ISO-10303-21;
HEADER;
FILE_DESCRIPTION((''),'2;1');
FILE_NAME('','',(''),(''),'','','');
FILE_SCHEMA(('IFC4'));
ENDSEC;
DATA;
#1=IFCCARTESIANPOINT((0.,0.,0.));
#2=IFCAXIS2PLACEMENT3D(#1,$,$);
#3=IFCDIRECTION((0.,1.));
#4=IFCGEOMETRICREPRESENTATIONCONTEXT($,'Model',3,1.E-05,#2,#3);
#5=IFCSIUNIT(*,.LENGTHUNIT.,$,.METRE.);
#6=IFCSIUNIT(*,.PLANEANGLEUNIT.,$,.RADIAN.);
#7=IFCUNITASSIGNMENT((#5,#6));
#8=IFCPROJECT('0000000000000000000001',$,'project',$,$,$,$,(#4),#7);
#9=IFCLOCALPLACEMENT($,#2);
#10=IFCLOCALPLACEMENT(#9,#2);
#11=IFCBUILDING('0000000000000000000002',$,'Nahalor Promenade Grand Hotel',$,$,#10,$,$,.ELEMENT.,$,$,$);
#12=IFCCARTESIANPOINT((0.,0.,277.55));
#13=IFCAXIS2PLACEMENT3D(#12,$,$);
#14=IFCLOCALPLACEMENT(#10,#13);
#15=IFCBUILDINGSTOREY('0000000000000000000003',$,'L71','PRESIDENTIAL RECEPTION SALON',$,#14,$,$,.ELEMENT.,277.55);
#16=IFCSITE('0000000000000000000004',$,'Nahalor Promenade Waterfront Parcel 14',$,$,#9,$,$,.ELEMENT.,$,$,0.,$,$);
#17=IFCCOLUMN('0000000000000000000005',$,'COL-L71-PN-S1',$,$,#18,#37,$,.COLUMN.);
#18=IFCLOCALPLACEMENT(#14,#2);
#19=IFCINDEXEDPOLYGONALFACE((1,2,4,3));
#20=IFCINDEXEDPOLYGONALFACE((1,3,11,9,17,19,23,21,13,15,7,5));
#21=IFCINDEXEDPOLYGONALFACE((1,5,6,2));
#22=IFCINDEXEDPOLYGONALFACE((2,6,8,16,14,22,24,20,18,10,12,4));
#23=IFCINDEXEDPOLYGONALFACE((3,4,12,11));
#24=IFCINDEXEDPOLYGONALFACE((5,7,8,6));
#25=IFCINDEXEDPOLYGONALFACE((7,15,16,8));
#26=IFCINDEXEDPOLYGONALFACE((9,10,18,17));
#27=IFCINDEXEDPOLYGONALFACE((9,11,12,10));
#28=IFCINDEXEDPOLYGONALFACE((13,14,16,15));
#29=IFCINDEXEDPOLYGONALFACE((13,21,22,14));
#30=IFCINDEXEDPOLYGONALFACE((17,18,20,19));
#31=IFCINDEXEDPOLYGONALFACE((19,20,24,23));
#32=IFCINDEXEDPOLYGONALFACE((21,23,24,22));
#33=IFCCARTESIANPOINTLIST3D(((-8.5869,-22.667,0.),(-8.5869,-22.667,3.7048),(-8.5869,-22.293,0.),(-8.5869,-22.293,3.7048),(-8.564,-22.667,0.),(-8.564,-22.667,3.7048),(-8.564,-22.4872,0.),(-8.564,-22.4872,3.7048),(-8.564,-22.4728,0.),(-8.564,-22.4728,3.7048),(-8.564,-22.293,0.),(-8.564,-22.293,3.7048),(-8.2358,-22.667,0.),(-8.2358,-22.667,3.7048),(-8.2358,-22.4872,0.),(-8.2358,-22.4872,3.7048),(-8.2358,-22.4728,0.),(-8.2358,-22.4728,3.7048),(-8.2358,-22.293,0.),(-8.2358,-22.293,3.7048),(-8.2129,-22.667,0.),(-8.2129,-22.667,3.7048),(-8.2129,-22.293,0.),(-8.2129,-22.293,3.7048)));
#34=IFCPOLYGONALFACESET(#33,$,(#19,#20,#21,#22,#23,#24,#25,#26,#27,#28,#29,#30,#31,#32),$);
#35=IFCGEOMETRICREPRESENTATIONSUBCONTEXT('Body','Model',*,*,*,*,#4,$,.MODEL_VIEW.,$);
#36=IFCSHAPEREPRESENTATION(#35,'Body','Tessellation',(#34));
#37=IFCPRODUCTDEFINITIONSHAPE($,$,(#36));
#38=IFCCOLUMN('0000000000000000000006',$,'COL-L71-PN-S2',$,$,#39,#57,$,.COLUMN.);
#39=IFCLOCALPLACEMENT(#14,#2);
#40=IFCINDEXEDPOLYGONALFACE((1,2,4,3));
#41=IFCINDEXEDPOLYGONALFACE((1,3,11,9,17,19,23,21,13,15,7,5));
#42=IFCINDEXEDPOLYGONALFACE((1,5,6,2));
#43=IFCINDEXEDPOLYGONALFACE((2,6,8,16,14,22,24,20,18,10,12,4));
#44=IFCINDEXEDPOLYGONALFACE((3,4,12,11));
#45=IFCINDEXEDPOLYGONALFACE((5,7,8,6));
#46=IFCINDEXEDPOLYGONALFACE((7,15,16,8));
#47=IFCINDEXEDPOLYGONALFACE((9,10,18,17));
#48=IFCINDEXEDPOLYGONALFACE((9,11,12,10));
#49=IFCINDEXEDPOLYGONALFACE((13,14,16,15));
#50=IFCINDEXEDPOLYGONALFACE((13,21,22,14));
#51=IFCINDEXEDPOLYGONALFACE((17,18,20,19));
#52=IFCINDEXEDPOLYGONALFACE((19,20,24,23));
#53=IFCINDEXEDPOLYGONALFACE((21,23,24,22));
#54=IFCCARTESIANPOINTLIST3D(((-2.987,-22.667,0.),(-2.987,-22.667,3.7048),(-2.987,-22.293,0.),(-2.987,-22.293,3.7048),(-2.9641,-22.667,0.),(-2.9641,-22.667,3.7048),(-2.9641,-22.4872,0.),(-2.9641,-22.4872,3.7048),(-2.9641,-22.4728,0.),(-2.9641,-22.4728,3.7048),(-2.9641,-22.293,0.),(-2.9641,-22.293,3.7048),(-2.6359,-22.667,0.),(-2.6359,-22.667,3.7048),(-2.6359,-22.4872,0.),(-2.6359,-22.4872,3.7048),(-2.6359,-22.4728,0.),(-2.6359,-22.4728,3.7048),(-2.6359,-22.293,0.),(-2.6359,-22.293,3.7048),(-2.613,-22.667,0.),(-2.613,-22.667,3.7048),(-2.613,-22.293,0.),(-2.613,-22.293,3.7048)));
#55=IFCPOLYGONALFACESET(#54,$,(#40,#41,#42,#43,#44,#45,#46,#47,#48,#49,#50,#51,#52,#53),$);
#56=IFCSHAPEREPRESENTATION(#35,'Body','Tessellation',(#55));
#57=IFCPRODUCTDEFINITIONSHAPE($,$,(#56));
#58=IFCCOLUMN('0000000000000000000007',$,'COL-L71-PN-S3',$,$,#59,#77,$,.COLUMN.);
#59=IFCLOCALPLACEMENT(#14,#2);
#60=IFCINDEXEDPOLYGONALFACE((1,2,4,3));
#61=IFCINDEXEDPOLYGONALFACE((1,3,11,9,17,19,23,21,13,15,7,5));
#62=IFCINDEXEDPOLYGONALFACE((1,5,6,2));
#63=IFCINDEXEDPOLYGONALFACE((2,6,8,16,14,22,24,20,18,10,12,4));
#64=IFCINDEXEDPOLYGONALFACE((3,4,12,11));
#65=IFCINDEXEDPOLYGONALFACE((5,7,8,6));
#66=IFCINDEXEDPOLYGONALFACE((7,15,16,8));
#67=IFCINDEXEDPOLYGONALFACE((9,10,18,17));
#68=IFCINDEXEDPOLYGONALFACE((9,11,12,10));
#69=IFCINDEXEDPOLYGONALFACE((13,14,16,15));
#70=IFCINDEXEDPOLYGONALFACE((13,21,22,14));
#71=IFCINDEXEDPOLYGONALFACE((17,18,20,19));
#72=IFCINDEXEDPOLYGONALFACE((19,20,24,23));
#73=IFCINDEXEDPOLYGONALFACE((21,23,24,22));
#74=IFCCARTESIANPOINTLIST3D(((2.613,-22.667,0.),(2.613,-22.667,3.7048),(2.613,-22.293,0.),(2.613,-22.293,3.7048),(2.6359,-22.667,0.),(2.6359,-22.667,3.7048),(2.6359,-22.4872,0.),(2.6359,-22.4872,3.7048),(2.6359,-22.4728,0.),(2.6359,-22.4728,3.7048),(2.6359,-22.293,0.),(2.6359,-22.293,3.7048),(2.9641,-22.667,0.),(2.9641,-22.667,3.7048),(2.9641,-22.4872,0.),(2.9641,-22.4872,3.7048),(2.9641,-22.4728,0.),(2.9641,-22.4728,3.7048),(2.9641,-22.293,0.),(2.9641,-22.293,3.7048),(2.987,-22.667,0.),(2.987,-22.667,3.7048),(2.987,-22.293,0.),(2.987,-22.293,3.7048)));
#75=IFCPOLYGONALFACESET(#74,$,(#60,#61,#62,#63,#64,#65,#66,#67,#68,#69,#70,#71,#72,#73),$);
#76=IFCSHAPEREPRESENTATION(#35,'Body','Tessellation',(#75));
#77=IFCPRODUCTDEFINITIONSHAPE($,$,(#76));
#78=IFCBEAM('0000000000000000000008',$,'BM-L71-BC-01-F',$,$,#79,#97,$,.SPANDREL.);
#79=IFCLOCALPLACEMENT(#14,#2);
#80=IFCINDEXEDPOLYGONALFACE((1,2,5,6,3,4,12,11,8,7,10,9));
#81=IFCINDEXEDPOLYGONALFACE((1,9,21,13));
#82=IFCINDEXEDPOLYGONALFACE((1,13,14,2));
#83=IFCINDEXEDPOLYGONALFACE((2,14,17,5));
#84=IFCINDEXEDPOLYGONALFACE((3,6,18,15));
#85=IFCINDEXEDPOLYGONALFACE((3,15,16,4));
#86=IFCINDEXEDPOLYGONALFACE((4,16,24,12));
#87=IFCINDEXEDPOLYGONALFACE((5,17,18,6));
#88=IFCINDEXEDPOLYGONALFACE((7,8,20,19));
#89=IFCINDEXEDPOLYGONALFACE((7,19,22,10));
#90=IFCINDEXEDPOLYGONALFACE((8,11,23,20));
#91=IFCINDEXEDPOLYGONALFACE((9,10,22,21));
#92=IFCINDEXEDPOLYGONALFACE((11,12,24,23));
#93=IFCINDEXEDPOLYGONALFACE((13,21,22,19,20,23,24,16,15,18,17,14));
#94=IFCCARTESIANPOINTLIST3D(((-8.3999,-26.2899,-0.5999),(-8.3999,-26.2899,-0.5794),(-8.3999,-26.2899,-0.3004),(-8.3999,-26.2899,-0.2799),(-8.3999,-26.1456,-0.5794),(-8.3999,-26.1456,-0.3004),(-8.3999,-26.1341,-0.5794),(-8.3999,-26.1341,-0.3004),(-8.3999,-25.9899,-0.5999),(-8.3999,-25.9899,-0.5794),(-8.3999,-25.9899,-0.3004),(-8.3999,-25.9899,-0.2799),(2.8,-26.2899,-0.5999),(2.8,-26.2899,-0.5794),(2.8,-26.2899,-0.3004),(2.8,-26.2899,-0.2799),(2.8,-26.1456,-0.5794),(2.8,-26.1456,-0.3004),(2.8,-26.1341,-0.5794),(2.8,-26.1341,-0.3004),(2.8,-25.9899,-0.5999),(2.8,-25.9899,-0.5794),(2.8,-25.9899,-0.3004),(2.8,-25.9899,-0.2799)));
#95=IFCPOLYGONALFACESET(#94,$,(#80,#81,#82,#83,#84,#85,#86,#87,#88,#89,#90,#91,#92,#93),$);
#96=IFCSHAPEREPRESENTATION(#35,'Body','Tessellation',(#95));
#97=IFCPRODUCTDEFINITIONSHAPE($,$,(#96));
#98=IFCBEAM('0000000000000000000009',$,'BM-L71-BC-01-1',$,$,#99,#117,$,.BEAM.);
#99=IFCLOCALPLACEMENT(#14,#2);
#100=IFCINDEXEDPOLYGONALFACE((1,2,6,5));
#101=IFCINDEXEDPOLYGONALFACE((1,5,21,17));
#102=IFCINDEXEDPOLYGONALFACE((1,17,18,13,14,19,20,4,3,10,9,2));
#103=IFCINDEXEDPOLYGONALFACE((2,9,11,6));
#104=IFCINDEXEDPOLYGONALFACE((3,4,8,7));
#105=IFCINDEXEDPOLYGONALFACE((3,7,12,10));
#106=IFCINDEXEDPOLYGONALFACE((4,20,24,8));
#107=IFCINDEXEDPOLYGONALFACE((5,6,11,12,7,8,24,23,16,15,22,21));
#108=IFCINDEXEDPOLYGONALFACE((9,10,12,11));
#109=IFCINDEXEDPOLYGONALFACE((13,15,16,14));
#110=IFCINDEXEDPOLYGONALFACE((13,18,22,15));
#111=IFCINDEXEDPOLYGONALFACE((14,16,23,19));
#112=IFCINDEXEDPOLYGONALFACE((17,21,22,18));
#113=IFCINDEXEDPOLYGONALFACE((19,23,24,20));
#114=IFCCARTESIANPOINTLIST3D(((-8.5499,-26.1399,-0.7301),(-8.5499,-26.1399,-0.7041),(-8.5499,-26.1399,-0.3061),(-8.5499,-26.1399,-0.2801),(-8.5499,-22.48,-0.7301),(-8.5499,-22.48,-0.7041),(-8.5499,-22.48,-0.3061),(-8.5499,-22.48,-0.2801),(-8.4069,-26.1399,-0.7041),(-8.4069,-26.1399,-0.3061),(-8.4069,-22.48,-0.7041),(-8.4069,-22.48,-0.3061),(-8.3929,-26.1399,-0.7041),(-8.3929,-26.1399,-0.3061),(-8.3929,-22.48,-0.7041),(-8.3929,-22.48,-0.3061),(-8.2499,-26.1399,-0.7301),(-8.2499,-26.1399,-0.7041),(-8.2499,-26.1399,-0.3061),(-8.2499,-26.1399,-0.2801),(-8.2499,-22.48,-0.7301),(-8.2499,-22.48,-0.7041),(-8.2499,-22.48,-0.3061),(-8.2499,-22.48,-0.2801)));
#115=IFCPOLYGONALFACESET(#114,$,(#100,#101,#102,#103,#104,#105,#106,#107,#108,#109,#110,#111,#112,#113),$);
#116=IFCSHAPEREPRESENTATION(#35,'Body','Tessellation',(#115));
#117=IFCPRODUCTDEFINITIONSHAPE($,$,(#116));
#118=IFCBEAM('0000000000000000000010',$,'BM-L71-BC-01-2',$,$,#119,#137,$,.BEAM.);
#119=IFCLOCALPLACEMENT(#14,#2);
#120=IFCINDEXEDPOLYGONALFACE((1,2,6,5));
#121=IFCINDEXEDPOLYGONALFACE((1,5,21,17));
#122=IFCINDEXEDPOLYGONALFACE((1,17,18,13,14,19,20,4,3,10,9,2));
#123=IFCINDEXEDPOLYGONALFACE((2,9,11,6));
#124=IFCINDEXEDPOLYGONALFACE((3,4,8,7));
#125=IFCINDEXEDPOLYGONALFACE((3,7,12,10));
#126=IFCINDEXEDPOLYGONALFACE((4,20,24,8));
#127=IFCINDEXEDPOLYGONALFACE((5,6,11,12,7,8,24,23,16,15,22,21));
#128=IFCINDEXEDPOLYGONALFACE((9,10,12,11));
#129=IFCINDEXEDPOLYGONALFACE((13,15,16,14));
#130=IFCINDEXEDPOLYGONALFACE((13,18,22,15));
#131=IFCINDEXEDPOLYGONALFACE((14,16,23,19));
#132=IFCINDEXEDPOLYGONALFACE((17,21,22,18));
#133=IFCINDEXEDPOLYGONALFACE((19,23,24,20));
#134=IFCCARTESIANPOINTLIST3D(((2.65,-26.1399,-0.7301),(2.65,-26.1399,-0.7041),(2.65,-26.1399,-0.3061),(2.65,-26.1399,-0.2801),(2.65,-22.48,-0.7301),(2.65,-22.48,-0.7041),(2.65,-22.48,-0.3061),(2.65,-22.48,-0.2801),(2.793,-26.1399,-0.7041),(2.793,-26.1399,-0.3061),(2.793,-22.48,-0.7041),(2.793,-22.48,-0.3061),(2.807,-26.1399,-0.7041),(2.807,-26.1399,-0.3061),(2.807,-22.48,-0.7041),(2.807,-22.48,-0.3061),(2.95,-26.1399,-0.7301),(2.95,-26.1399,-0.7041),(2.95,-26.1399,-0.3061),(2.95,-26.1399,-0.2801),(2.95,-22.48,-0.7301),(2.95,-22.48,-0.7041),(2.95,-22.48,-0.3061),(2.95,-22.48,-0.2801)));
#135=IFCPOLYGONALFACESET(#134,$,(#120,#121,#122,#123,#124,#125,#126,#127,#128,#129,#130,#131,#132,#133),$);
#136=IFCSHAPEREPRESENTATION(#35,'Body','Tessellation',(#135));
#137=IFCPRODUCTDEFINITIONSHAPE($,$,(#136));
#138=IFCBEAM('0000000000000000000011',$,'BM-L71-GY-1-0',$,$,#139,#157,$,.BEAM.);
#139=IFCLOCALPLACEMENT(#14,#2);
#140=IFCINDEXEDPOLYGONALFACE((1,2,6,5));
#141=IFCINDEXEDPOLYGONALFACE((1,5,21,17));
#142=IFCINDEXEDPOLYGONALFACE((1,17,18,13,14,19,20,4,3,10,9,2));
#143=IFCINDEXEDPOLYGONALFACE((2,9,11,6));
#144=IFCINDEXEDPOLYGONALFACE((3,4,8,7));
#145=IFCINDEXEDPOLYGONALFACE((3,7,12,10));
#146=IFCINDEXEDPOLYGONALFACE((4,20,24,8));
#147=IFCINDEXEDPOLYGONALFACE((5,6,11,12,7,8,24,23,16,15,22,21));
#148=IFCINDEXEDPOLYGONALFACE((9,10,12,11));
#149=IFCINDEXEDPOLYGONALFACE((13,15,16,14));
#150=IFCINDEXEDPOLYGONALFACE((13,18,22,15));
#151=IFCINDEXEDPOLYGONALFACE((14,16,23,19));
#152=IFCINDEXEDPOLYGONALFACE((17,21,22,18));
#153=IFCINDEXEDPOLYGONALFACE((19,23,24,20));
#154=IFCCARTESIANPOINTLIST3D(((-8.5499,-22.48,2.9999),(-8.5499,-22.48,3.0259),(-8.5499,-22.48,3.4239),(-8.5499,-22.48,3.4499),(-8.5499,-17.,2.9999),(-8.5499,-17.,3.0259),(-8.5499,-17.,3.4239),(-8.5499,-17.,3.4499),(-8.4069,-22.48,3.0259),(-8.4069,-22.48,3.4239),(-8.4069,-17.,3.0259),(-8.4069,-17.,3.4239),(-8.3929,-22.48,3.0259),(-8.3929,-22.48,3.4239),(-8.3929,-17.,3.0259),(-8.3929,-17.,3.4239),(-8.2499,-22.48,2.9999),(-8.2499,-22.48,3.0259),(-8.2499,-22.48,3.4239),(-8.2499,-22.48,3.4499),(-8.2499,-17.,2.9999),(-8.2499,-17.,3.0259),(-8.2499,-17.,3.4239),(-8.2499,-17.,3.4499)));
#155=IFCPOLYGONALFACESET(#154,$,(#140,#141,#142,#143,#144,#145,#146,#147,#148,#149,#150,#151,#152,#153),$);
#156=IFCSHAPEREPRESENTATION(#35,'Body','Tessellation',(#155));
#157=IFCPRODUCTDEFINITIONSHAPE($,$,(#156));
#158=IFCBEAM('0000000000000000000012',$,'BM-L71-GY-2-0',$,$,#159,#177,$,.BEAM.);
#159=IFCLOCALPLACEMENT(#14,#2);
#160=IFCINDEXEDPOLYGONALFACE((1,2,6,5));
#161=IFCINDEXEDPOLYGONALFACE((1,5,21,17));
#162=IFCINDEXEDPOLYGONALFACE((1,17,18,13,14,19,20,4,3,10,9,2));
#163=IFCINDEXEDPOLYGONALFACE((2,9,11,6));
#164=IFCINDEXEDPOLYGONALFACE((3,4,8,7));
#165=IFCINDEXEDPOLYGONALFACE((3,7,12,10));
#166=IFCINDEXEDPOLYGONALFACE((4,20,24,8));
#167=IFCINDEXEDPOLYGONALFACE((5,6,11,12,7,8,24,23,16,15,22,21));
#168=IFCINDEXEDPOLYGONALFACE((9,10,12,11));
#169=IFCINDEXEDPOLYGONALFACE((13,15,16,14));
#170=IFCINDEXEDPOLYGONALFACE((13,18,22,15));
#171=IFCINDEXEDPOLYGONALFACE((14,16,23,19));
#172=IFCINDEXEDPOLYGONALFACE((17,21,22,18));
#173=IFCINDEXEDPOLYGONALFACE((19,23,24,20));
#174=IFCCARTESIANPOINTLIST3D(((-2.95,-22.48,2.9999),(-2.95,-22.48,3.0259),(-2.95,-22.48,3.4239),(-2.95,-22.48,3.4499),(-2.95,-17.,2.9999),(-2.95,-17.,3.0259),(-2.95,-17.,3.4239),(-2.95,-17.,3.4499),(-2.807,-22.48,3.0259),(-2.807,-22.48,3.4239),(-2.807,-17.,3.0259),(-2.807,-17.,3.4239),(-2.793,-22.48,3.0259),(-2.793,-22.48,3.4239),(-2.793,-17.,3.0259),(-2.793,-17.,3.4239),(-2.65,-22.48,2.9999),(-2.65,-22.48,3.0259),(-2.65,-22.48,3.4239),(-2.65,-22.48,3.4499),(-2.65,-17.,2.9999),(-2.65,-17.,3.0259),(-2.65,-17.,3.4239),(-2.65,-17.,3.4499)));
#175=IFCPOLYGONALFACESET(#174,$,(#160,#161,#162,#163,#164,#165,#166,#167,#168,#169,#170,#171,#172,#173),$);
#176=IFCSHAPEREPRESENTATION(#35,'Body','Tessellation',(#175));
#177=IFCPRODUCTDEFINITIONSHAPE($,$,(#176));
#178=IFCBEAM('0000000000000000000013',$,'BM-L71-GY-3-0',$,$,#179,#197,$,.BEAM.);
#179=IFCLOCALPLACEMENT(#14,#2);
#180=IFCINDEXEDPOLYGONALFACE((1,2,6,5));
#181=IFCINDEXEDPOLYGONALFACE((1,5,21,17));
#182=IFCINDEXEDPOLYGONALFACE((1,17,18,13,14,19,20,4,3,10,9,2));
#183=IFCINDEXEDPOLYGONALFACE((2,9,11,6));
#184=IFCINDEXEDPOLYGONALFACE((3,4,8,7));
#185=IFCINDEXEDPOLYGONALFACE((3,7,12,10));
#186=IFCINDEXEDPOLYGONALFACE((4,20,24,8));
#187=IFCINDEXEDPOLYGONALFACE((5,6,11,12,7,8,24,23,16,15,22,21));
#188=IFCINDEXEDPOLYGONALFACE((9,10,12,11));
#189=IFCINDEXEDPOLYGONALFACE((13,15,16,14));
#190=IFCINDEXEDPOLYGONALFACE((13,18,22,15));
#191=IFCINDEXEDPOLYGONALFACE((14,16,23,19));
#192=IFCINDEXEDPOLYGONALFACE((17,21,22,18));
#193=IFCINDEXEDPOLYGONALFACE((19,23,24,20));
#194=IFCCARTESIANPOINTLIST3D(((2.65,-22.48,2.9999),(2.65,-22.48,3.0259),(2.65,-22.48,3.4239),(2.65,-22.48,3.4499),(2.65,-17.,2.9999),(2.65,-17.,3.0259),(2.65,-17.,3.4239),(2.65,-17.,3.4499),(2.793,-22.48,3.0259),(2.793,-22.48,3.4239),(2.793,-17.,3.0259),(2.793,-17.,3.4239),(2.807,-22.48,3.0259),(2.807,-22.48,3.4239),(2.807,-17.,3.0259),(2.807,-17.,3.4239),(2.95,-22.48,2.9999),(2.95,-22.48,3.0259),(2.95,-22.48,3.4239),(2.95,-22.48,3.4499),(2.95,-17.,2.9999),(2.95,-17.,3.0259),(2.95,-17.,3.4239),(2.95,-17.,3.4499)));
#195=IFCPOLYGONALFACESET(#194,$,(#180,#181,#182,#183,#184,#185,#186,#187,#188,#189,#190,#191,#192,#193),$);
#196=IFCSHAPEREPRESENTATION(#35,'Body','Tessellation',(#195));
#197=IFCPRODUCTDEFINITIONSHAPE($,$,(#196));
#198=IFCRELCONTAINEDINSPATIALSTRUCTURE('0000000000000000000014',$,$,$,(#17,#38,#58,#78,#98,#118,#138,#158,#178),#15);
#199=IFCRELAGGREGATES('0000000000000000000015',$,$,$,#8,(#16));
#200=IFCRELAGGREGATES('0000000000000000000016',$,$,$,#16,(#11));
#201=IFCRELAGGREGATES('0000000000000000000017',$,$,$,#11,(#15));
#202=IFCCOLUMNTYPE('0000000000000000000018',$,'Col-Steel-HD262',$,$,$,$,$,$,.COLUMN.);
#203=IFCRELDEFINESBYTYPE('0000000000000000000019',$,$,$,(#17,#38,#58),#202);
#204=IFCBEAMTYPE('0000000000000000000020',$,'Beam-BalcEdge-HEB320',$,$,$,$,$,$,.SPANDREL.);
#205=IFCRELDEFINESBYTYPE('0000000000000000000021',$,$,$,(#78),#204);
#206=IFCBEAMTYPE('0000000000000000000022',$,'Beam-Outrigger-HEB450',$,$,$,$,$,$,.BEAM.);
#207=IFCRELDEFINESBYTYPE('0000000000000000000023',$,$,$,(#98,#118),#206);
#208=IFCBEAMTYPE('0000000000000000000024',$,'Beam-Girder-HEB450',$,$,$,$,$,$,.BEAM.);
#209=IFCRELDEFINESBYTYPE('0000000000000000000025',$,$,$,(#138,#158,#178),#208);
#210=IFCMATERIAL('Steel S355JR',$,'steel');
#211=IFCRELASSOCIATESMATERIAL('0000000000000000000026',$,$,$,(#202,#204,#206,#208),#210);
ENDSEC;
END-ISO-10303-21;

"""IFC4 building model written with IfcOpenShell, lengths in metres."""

from ifc_helpers import new_model, si_unit, direction, frame, origin, origin_2d, place, context, subcontext, project, spatial, i_section, extrude, source, transform, mapped, material, material_profile, profile_set, type_object, element, save


model = new_model("IFC4")

# Units and contexts
model_context = context("Model", 3, precision=1e-05, world=origin(), true_north=direction((0.0, 1.0)))
body_context = subcontext(model_context, "Body", "Model", "MODEL_VIEW")
ifc_project = project(units=[si_unit("LENGTHUNIT", "METRE"), si_unit("PLANEANGLEUNIT", "RADIAN")], contexts=[model_context])

# Site, building, storey
site_placement = place(None, origin())
site = spatial("IfcSite", under=ifc_project, at=site_placement, Name="Nahalor Promenade Waterfront Parcel 14", CompositionType="ELEMENT", RefElevation=0.0)
building_placement = place(site_placement, origin())
building = spatial("IfcBuilding", under=site, at=building_placement, Name="Nahalor Promenade Grand Hotel", CompositionType="ELEMENT")
storey_placement = place(building_placement, frame((0.0, 0.0, 277.55)))
storey = spatial("IfcBuildingStorey", under=building, at=storey_placement, Name="L71", Description="PRESIDENTIAL RECEPTION SALON", CompositionType="ELEMENT", Elevation=277.55)

# Columns
ifc_material_1 = material(Name="Steel S355JR", Category="steel")
ifc_material_profile_1 = material_profile(ifc_material_1, i_section(OverallWidth=0.374, OverallDepth=0.374, WebThickness=0.0144, FlangeThickness=0.0229, at=origin_2d()), Name="HD 360x262")
ifc_profile_set_1 = profile_set([ifc_material_profile_1], Name="Steel S355JR")
column_type = type_object("IfcColumnType", Name="Col-Steel-HD262", PredefinedType="COLUMN", material=ifc_profile_set_1)
shared_shape_1 = source(origin(), body_context, "Body", "SweptSolid", [
    extrude(i_section(OverallWidth=0.374, OverallDepth=0.374, WebThickness=0.0144, FlangeThickness=0.0229, at=origin_2d()), origin(), (0.0, 0.0, 1.0), 3.7048),
])
for number, where, z_axis, x_axis, name in (
    (1, (-8.3999, -22.48, 0.0), (0.0, 0.0, 1.0), (0.0, 1.0, 0.0), "COL-L71-PN-S1"),
    (2, (-2.8, -22.48, 0.0), (0.0, 0.0, 1.0), (0.0, 1.0, 0.0), "COL-L71-PN-S2"),
    (3, (2.8, -22.48, 0.0), (0.0, 0.0, 1.0), (0.0, 1.0, 0.0), "COL-L71-PN-S3"),
):
    element("IfcColumn", number, at=place(storey_placement, frame(where, z_axis=z_axis, x_axis=x_axis)), inside=storey, type_object=column_type, Name=name, PredefinedType="COLUMN", context=body_context, shape_type="MappedRepresentation", body=[
        mapped(shared_shape_1, transform((0.0, 0.0, 0.0), scale=1.0)),
    ])

# Beams
ifc_material_profile_2 = material_profile(ifc_material_1, i_section(OverallWidth=0.3, OverallDepth=0.32, WebThickness=0.0115, FlangeThickness=0.0205, at=origin_2d()), Name="HEB 320")
ifc_profile_set_2 = profile_set([ifc_material_profile_2], Name="Steel S355JR")
beam_type_1 = type_object("IfcBeamType", Name="Beam-BalcEdge-HEB320", PredefinedType="SPANDREL", material=ifc_profile_set_2)
shared_shape_2 = source(origin(), body_context, "Body", "SweptSolid", [
    extrude(i_section(OverallWidth=0.3, OverallDepth=0.32, WebThickness=0.0115, FlangeThickness=0.0205, at=origin_2d()), origin(), (0.0, 0.0, 1.0), 11.2),
])
beam_1_placement = place(storey_placement, frame((-8.3999, -26.1399, -0.4399), z_axis=(1.0, 0.0, 0.0), x_axis=(0.0, 1.0, 0.0)))
element("IfcBeam", 4, at=beam_1_placement, inside=storey, type_object=beam_type_1, Name="BM-L71-BC-01-F", PredefinedType="SPANDREL", context=body_context, shape_type="MappedRepresentation", body=[
    mapped(shared_shape_2, transform((0.0, 0.0, 0.0), scale=1.0)),
])
ifc_material_profile_3 = material_profile(ifc_material_1, i_section(OverallWidth=0.3, OverallDepth=0.45, WebThickness=0.014, FlangeThickness=0.026, at=origin_2d()), Name="HEB 450")
ifc_profile_set_3 = profile_set([ifc_material_profile_3], Name="Steel S355JR")
beam_type_2 = type_object("IfcBeamType", Name="Beam-Outrigger-HEB450", PredefinedType="BEAM", material=ifc_profile_set_3)
shared_shape_3 = source(origin(), body_context, "Body", "SweptSolid", [
    extrude(i_section(OverallWidth=0.3, OverallDepth=0.45, WebThickness=0.014, FlangeThickness=0.026, at=origin_2d()), origin(), (0.0, 0.0, 1.0), 3.6599),
])
for number, where, z_axis, x_axis, name in (
    (5, (-8.3999, -26.1399, -0.5051), (0.0, 1.0, 0.0), (-1.0, 0.0, 0.0), "BM-L71-BC-01-1"),
    (6, (2.8, -26.1399, -0.5051), (0.0, 1.0, 0.0), (-1.0, 0.0, 0.0), "BM-L71-BC-01-2"),
):
    element("IfcBeam", number, at=place(storey_placement, frame(where, z_axis=z_axis, x_axis=x_axis)), inside=storey, type_object=beam_type_2, Name=name, PredefinedType="BEAM", context=body_context, shape_type="MappedRepresentation", body=[
        mapped(shared_shape_3, transform((0.0, 0.0, 0.0), scale=1.0)),
    ])
ifc_material_profile_4 = material_profile(ifc_material_1, i_section(OverallWidth=0.3, OverallDepth=0.45, WebThickness=0.014, FlangeThickness=0.026, at=origin_2d()), Name="HEB 450")
ifc_profile_set_4 = profile_set([ifc_material_profile_4], Name="Steel S355JR")
beam_type_3 = type_object("IfcBeamType", Name="Beam-Girder-HEB450", PredefinedType="BEAM", material=ifc_profile_set_4)
shared_shape_4 = source(origin(), body_context, "Body", "SweptSolid", [
    extrude(i_section(OverallWidth=0.3, OverallDepth=0.45, WebThickness=0.014, FlangeThickness=0.026, at=origin_2d()), origin(), (0.0, 0.0, 1.0), 5.48),
])
for number, where, z_axis, x_axis, name in (
    (7, (-8.3999, -22.48, 3.2249), (0.0, 1.0, 0.0), (-1.0, 0.0, 0.0), "BM-L71-GY-1-0"),
    (8, (-2.8, -22.48, 3.2249), (0.0, 1.0, 0.0), (-1.0, 0.0, 0.0), "BM-L71-GY-2-0"),
    (9, (2.8, -22.48, 3.2249), (0.0, 1.0, 0.0), (-1.0, 0.0, 0.0), "BM-L71-GY-3-0"),
):
    element("IfcBeam", number, at=place(storey_placement, frame(where, z_axis=z_axis, x_axis=x_axis)), inside=storey, type_object=beam_type_3, Name=name, PredefinedType="BEAM", context=body_context, shape_type="MappedRepresentation", body=[
        mapped(shared_shape_4, transform((0.0, 0.0, 0.0), scale=1.0)),
    ])

save(model, "model.ifc")
